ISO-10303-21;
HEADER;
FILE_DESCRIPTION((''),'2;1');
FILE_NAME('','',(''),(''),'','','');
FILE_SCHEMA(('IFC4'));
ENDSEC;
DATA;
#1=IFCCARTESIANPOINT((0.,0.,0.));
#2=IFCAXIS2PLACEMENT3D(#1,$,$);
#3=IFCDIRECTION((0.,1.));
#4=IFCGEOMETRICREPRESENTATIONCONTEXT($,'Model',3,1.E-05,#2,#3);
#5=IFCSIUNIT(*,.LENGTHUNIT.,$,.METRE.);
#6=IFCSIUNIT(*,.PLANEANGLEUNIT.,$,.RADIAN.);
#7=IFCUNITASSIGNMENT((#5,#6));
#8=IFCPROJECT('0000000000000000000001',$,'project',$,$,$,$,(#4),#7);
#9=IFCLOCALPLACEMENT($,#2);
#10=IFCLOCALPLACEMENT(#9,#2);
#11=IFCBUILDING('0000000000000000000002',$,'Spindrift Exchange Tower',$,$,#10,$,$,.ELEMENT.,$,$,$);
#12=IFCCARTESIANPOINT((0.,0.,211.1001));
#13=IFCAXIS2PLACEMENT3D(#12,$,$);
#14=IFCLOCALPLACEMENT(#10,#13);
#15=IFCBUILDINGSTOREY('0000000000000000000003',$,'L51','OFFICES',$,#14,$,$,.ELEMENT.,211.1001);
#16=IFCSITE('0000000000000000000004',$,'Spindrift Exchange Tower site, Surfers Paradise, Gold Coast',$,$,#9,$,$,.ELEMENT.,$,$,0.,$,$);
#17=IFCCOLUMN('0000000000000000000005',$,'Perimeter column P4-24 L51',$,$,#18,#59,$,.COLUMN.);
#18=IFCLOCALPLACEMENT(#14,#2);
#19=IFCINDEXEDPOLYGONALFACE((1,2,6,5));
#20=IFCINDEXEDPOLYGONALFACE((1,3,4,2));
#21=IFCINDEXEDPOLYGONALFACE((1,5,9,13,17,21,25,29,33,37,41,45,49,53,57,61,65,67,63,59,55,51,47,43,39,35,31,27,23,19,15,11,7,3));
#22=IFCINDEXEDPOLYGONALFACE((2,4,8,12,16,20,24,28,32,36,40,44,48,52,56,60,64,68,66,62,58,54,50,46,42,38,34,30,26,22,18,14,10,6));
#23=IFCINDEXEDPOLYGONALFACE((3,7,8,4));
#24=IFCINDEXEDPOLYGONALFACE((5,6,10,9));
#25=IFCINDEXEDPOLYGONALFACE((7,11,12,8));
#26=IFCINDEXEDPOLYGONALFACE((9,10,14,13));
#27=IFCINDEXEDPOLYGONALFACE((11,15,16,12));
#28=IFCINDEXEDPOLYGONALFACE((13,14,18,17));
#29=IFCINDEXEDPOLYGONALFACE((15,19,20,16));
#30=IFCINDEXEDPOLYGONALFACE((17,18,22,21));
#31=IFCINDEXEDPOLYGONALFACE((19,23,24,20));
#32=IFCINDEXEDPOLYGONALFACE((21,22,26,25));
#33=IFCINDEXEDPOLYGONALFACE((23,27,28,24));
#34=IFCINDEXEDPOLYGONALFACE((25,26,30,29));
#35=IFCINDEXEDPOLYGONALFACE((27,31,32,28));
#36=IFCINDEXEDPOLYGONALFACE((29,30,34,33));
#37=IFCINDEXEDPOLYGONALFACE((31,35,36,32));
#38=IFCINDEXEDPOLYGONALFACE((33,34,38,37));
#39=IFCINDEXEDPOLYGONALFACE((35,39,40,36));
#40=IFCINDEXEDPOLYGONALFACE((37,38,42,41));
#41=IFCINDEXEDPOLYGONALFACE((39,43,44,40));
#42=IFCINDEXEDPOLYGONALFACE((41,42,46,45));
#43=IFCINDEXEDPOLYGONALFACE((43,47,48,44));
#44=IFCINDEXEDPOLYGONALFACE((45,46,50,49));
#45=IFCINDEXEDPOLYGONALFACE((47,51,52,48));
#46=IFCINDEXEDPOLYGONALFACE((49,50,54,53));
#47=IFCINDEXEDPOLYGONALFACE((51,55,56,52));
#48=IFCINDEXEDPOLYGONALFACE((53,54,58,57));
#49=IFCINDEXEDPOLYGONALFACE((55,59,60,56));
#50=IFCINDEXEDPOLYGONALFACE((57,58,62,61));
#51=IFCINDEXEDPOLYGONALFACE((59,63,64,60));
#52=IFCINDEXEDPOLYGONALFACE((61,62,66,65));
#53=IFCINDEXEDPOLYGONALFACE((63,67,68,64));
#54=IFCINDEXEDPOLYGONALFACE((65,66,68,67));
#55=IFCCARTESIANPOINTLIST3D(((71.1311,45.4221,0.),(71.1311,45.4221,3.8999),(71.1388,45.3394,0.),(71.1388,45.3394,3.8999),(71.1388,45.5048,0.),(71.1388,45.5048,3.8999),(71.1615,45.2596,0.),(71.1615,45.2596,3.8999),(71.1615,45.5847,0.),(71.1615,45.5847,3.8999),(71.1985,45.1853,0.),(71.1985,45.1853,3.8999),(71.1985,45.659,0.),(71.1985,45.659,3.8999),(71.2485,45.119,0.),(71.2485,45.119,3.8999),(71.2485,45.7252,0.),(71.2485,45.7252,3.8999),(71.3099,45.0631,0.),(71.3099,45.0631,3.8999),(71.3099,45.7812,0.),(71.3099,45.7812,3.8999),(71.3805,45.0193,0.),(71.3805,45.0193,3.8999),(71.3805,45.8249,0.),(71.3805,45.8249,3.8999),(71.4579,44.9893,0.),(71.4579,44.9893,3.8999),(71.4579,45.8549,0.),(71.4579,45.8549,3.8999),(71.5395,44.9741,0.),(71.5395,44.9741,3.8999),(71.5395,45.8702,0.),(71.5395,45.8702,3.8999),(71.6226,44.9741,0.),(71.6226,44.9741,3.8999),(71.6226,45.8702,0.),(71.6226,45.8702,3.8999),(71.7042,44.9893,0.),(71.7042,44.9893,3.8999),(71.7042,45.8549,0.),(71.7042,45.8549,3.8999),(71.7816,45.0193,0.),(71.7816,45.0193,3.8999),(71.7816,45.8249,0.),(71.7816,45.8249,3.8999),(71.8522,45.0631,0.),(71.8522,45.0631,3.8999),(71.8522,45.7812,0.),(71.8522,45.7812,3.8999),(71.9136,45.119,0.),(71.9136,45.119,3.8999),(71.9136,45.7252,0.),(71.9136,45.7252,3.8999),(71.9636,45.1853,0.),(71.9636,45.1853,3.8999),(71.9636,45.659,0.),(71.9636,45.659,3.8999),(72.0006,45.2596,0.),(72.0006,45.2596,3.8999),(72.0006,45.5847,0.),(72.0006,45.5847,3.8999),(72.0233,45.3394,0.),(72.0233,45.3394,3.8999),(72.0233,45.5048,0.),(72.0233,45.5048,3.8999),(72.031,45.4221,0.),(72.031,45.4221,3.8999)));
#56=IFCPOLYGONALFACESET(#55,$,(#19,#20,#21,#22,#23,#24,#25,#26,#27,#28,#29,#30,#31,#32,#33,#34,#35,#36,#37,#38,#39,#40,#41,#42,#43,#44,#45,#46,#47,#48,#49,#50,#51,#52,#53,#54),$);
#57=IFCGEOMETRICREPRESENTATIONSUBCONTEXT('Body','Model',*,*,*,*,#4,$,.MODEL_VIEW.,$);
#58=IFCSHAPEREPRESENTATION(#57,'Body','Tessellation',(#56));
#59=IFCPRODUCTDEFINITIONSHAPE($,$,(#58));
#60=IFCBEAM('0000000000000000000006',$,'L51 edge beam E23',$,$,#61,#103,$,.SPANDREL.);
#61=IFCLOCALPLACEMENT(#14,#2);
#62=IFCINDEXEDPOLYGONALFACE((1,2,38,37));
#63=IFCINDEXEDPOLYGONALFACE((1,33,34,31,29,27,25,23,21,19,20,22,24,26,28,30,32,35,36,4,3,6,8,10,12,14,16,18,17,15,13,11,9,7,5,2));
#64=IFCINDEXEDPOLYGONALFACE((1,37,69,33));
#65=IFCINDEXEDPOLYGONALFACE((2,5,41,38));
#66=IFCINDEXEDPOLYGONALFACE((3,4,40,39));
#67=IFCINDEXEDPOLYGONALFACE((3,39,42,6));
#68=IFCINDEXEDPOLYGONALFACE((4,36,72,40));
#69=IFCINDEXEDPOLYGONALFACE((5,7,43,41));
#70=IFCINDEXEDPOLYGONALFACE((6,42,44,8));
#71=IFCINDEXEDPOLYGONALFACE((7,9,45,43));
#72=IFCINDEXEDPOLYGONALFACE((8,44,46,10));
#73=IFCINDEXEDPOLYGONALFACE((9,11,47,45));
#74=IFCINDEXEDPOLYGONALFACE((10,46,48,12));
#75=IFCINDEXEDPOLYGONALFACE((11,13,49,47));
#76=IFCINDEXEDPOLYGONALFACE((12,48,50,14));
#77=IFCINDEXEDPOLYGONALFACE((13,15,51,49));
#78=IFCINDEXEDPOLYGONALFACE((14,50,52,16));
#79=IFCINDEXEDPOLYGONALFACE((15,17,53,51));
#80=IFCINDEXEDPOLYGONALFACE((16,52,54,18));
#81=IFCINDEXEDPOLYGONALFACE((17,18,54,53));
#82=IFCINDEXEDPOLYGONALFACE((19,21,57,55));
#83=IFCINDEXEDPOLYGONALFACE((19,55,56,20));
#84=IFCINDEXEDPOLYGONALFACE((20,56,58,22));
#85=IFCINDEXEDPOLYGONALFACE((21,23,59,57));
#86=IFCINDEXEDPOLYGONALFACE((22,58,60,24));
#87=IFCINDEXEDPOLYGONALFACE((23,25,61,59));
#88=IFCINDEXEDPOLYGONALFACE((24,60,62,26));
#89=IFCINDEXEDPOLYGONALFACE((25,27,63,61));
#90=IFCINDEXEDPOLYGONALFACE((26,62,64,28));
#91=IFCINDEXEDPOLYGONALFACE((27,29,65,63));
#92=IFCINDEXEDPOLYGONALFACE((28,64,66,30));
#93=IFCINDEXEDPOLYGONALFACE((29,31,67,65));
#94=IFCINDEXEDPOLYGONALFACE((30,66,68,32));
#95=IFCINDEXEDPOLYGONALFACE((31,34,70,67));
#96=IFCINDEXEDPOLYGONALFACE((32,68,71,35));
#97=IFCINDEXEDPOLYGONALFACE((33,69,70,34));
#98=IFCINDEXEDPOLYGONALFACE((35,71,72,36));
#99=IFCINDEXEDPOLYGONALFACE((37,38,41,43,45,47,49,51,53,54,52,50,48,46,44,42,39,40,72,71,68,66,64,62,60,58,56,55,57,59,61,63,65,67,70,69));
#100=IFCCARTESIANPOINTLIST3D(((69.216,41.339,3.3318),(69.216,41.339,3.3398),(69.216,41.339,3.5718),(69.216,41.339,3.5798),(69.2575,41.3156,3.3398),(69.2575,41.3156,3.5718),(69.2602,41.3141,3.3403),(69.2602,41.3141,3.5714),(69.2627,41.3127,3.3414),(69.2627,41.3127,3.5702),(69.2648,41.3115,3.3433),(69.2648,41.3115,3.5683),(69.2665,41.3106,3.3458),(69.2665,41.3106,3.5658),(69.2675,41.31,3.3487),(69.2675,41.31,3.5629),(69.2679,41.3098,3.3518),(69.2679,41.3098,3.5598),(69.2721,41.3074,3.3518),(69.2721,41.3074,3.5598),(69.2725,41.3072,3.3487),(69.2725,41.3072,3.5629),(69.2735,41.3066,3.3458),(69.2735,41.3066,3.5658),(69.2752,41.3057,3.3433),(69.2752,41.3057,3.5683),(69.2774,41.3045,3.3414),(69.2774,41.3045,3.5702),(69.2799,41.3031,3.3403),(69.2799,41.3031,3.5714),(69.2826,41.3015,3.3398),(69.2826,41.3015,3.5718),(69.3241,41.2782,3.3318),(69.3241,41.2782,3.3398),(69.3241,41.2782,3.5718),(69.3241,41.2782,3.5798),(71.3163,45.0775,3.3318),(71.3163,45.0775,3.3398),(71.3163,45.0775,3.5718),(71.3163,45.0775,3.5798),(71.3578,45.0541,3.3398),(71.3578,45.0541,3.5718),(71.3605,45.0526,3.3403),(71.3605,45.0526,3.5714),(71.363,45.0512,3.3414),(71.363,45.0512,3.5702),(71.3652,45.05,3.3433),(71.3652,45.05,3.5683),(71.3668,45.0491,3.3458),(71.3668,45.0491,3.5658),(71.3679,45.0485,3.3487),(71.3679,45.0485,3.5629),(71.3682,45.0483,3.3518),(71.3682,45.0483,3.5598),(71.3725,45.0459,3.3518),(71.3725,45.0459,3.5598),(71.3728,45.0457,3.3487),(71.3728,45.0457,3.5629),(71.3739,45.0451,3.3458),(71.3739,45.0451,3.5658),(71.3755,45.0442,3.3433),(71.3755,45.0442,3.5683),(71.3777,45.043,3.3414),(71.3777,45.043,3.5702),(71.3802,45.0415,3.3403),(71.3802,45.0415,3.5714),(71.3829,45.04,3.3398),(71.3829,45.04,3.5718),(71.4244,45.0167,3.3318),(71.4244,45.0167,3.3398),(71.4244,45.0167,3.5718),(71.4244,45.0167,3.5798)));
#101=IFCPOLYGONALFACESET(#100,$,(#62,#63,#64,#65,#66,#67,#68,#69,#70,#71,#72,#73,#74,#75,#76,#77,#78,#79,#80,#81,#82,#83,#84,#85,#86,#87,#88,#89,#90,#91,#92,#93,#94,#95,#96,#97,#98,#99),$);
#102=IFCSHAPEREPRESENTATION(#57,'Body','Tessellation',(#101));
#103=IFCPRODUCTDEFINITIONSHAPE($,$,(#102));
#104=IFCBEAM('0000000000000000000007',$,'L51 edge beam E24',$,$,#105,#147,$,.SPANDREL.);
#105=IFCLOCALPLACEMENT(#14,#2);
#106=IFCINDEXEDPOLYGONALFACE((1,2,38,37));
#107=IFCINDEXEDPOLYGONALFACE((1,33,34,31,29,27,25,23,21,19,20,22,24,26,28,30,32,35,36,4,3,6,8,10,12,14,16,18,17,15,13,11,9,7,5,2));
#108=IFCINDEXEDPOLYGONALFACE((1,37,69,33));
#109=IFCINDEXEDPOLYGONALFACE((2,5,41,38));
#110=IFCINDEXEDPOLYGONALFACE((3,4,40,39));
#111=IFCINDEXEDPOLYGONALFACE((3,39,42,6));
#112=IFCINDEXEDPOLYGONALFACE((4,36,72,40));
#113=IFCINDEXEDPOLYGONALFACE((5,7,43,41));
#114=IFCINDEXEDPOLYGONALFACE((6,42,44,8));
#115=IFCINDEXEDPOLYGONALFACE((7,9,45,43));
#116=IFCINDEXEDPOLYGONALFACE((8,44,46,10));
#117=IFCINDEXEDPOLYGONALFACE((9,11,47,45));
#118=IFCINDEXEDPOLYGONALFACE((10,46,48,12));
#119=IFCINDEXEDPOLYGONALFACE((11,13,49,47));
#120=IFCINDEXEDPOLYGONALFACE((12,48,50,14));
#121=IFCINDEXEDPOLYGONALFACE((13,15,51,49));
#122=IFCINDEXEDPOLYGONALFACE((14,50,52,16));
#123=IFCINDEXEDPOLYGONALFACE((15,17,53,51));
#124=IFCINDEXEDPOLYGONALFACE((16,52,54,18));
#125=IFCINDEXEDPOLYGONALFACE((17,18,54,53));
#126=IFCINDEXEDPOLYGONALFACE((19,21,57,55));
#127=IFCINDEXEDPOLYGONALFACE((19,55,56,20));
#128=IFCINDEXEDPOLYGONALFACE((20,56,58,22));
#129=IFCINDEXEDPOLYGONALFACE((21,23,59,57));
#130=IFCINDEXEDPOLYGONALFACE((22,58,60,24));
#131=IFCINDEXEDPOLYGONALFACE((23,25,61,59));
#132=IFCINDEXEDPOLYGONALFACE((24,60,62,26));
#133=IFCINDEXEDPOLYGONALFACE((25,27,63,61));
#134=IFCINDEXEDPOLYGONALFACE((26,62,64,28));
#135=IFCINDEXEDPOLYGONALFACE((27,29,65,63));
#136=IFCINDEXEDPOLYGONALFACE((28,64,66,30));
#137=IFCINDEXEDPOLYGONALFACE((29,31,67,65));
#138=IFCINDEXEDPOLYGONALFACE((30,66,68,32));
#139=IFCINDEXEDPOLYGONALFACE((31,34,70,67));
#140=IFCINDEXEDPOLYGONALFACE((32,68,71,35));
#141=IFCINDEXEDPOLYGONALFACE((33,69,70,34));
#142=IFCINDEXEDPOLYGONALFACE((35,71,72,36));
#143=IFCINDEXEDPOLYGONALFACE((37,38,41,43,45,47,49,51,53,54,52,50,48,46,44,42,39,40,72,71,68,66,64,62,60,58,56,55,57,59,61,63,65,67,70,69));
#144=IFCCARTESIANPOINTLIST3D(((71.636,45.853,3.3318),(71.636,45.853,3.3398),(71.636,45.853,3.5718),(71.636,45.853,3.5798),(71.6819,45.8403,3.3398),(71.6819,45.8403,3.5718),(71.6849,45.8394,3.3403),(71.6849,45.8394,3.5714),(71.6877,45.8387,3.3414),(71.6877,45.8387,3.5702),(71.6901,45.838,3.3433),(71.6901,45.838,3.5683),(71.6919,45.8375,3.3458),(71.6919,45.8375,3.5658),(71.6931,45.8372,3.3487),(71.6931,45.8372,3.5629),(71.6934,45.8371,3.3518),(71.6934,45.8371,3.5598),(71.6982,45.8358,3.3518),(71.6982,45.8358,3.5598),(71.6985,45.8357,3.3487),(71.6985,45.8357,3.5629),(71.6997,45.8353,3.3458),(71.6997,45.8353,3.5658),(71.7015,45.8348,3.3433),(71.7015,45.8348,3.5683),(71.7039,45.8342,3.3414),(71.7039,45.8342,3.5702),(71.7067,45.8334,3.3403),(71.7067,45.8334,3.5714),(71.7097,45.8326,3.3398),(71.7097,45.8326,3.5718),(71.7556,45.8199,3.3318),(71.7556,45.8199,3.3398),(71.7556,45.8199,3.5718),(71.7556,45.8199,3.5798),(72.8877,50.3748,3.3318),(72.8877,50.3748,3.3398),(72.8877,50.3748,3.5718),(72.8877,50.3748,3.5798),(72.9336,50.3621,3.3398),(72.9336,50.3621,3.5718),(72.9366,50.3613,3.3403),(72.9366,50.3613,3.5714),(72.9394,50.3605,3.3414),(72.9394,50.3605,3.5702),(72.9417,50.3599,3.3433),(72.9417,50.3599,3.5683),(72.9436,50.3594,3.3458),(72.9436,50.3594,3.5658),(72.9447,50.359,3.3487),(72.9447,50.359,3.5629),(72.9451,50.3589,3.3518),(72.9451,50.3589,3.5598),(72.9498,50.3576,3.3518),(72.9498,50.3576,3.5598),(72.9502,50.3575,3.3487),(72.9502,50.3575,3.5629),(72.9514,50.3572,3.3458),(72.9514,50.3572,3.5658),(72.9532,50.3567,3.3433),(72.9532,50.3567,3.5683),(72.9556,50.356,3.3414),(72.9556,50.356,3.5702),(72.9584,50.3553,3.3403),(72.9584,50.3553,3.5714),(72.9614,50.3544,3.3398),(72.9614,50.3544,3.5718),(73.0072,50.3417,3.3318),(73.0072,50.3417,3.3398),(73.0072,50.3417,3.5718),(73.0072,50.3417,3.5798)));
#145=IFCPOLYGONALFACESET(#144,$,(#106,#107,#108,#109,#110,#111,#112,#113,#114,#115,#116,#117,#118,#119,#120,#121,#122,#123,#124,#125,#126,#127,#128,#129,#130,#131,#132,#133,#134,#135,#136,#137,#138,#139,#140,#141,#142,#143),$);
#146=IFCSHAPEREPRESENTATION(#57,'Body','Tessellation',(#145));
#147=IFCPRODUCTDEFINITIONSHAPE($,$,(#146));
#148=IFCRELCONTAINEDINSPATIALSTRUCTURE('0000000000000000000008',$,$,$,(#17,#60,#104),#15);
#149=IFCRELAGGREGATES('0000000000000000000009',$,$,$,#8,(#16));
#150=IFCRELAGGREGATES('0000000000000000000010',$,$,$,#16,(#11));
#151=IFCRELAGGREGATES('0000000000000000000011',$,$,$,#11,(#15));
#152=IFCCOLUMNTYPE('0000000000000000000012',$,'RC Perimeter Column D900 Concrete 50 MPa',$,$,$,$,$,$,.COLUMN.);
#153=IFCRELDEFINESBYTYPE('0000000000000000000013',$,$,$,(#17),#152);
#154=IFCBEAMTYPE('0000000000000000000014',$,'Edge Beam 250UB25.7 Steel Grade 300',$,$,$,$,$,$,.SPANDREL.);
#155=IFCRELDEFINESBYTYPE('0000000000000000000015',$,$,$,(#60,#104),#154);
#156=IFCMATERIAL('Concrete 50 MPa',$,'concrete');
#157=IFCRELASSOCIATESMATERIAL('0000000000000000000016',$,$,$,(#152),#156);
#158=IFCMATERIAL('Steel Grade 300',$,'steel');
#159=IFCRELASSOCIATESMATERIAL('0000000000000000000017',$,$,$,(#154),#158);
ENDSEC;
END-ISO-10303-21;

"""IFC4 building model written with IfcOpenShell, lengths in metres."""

from ifc_helpers import new_model, si_unit, direction, frame, origin, origin_2d, place, context, subcontext, project, spatial, circle, i_section, extrude, source, transform, mapped, material, material_profile, profile_set, type_object, element, save


model = new_model("IFC4")

# Units and contexts
model_context = context("Model", 3, precision=1e-05, world=origin(), true_north=direction((0.0, 1.0)))
body_context = subcontext(model_context, "Body", "Model", "MODEL_VIEW")
ifc_project = project(units=[si_unit("LENGTHUNIT", "METRE"), si_unit("PLANEANGLEUNIT", "RADIAN")], contexts=[model_context])

# Site, building, storey
site_placement = place(None, origin())
site = spatial("IfcSite", under=ifc_project, at=site_placement, Name="Spindrift Exchange Tower site, Surfers Paradise, Gold Coast", CompositionType="ELEMENT", RefElevation=0.0)
building_placement = place(site_placement, origin())
building = spatial("IfcBuilding", under=site, at=building_placement, Name="Spindrift Exchange Tower", CompositionType="ELEMENT")
storey_placement = place(building_placement, frame((0.0, 0.0, 211.1001)))
storey = spatial("IfcBuildingStorey", under=building, at=storey_placement, Name="L51", Description="OFFICES", CompositionType="ELEMENT", Elevation=211.1001)

# Column
ifc_material_1 = material(Name="Concrete 50 MPa", Category="concrete")
ifc_material_profile_1 = material_profile(ifc_material_1, circle(Radius=0.45, at=origin_2d()), Name="RC D900")
ifc_profile_set_1 = profile_set([ifc_material_profile_1], Name="Concrete 50 MPa")
column_type = type_object("IfcColumnType", Name="RC Perimeter Column D900 Concrete 50 MPa", PredefinedType="COLUMN", material=ifc_profile_set_1)
shared_shape_1 = source(origin(), body_context, "Body", "SweptSolid", [
    extrude(circle(Radius=0.45, at=origin_2d()), origin(), (0.0, 0.0, 1.0), 3.8999),
])
column_placement = place(storey_placement, frame((71.5811, 45.4221, 0.0), z_axis=(0.0, 0.0, 1.0), x_axis=(1.0, 0.0, 0.0)))
element("IfcColumn", 1, at=column_placement, inside=storey, type_object=column_type, Name="Perimeter column P4-24 L51", PredefinedType="COLUMN", context=body_context, shape_type="MappedRepresentation", body=[
    mapped(shared_shape_1, transform((0.0, 0.0, 0.0), scale=1.0)),
])

# Beams
ifc_material_2 = material(Name="Steel Grade 300", Category="steel")
ifc_material_profile_2 = material_profile(ifc_material_2, i_section(OverallWidth=0.124, OverallDepth=0.248, WebThickness=0.0049, FlangeThickness=0.0081, FilletRadius=0.012, at=origin_2d()), Name="250UB25.7")
ifc_profile_set_2 = profile_set([ifc_material_profile_2], Name="Steel Grade 300")
beam_type_1 = type_object("IfcBeamType", Name="Edge Beam 250UB25.7 Steel Grade 300", PredefinedType="SPANDREL", material=ifc_profile_set_2)
shared_shape_2 = source(origin(), body_context, "Body", "SweptSolid", [
    extrude(i_section(OverallWidth=0.124, OverallDepth=0.248, WebThickness=0.0049, FlangeThickness=0.0081, FilletRadius=0.012, at=origin_2d()), origin(), (0.0, 0.0, 1.0), 4.2881),
])
beam_1_placement = place(storey_placement, frame((69.27, 41.3086, 3.4558), z_axis=(0.489804, 0.871832, 0.0), x_axis=(-0.871832, 0.489804, 0.0)))
element("IfcBeam", 2, at=beam_1_placement, inside=storey, type_object=beam_type_1, Name="L51 edge beam E23", PredefinedType="SPANDREL", context=body_context, shape_type="MappedRepresentation", body=[
    mapped(shared_shape_2, transform((0.0, 0.0, 0.0), scale=1.0)),
])
shared_shape_3 = source(origin(), body_context, "Body", "SweptSolid", [
    extrude(i_section(OverallWidth=0.124, OverallDepth=0.248, WebThickness=0.0049, FlangeThickness=0.0081, FilletRadius=0.012, at=origin_2d()), origin(), (0.0, 0.0, 1.0), 4.6919),
])
beam_2_placement = place(storey_placement, frame((71.6958, 45.8364, 3.4558), z_axis=(0.266774, 0.963759, 0.0), x_axis=(-0.963759, 0.266774, 0.0)))
element("IfcBeam", 3, at=beam_2_placement, inside=storey, type_object=beam_type_1, Name="L51 edge beam E24", PredefinedType="SPANDREL", context=body_context, shape_type="MappedRepresentation", body=[
    mapped(shared_shape_3, transform((0.0, 0.0, 0.0), scale=1.0)),
])

save(model, "model.ifc")
